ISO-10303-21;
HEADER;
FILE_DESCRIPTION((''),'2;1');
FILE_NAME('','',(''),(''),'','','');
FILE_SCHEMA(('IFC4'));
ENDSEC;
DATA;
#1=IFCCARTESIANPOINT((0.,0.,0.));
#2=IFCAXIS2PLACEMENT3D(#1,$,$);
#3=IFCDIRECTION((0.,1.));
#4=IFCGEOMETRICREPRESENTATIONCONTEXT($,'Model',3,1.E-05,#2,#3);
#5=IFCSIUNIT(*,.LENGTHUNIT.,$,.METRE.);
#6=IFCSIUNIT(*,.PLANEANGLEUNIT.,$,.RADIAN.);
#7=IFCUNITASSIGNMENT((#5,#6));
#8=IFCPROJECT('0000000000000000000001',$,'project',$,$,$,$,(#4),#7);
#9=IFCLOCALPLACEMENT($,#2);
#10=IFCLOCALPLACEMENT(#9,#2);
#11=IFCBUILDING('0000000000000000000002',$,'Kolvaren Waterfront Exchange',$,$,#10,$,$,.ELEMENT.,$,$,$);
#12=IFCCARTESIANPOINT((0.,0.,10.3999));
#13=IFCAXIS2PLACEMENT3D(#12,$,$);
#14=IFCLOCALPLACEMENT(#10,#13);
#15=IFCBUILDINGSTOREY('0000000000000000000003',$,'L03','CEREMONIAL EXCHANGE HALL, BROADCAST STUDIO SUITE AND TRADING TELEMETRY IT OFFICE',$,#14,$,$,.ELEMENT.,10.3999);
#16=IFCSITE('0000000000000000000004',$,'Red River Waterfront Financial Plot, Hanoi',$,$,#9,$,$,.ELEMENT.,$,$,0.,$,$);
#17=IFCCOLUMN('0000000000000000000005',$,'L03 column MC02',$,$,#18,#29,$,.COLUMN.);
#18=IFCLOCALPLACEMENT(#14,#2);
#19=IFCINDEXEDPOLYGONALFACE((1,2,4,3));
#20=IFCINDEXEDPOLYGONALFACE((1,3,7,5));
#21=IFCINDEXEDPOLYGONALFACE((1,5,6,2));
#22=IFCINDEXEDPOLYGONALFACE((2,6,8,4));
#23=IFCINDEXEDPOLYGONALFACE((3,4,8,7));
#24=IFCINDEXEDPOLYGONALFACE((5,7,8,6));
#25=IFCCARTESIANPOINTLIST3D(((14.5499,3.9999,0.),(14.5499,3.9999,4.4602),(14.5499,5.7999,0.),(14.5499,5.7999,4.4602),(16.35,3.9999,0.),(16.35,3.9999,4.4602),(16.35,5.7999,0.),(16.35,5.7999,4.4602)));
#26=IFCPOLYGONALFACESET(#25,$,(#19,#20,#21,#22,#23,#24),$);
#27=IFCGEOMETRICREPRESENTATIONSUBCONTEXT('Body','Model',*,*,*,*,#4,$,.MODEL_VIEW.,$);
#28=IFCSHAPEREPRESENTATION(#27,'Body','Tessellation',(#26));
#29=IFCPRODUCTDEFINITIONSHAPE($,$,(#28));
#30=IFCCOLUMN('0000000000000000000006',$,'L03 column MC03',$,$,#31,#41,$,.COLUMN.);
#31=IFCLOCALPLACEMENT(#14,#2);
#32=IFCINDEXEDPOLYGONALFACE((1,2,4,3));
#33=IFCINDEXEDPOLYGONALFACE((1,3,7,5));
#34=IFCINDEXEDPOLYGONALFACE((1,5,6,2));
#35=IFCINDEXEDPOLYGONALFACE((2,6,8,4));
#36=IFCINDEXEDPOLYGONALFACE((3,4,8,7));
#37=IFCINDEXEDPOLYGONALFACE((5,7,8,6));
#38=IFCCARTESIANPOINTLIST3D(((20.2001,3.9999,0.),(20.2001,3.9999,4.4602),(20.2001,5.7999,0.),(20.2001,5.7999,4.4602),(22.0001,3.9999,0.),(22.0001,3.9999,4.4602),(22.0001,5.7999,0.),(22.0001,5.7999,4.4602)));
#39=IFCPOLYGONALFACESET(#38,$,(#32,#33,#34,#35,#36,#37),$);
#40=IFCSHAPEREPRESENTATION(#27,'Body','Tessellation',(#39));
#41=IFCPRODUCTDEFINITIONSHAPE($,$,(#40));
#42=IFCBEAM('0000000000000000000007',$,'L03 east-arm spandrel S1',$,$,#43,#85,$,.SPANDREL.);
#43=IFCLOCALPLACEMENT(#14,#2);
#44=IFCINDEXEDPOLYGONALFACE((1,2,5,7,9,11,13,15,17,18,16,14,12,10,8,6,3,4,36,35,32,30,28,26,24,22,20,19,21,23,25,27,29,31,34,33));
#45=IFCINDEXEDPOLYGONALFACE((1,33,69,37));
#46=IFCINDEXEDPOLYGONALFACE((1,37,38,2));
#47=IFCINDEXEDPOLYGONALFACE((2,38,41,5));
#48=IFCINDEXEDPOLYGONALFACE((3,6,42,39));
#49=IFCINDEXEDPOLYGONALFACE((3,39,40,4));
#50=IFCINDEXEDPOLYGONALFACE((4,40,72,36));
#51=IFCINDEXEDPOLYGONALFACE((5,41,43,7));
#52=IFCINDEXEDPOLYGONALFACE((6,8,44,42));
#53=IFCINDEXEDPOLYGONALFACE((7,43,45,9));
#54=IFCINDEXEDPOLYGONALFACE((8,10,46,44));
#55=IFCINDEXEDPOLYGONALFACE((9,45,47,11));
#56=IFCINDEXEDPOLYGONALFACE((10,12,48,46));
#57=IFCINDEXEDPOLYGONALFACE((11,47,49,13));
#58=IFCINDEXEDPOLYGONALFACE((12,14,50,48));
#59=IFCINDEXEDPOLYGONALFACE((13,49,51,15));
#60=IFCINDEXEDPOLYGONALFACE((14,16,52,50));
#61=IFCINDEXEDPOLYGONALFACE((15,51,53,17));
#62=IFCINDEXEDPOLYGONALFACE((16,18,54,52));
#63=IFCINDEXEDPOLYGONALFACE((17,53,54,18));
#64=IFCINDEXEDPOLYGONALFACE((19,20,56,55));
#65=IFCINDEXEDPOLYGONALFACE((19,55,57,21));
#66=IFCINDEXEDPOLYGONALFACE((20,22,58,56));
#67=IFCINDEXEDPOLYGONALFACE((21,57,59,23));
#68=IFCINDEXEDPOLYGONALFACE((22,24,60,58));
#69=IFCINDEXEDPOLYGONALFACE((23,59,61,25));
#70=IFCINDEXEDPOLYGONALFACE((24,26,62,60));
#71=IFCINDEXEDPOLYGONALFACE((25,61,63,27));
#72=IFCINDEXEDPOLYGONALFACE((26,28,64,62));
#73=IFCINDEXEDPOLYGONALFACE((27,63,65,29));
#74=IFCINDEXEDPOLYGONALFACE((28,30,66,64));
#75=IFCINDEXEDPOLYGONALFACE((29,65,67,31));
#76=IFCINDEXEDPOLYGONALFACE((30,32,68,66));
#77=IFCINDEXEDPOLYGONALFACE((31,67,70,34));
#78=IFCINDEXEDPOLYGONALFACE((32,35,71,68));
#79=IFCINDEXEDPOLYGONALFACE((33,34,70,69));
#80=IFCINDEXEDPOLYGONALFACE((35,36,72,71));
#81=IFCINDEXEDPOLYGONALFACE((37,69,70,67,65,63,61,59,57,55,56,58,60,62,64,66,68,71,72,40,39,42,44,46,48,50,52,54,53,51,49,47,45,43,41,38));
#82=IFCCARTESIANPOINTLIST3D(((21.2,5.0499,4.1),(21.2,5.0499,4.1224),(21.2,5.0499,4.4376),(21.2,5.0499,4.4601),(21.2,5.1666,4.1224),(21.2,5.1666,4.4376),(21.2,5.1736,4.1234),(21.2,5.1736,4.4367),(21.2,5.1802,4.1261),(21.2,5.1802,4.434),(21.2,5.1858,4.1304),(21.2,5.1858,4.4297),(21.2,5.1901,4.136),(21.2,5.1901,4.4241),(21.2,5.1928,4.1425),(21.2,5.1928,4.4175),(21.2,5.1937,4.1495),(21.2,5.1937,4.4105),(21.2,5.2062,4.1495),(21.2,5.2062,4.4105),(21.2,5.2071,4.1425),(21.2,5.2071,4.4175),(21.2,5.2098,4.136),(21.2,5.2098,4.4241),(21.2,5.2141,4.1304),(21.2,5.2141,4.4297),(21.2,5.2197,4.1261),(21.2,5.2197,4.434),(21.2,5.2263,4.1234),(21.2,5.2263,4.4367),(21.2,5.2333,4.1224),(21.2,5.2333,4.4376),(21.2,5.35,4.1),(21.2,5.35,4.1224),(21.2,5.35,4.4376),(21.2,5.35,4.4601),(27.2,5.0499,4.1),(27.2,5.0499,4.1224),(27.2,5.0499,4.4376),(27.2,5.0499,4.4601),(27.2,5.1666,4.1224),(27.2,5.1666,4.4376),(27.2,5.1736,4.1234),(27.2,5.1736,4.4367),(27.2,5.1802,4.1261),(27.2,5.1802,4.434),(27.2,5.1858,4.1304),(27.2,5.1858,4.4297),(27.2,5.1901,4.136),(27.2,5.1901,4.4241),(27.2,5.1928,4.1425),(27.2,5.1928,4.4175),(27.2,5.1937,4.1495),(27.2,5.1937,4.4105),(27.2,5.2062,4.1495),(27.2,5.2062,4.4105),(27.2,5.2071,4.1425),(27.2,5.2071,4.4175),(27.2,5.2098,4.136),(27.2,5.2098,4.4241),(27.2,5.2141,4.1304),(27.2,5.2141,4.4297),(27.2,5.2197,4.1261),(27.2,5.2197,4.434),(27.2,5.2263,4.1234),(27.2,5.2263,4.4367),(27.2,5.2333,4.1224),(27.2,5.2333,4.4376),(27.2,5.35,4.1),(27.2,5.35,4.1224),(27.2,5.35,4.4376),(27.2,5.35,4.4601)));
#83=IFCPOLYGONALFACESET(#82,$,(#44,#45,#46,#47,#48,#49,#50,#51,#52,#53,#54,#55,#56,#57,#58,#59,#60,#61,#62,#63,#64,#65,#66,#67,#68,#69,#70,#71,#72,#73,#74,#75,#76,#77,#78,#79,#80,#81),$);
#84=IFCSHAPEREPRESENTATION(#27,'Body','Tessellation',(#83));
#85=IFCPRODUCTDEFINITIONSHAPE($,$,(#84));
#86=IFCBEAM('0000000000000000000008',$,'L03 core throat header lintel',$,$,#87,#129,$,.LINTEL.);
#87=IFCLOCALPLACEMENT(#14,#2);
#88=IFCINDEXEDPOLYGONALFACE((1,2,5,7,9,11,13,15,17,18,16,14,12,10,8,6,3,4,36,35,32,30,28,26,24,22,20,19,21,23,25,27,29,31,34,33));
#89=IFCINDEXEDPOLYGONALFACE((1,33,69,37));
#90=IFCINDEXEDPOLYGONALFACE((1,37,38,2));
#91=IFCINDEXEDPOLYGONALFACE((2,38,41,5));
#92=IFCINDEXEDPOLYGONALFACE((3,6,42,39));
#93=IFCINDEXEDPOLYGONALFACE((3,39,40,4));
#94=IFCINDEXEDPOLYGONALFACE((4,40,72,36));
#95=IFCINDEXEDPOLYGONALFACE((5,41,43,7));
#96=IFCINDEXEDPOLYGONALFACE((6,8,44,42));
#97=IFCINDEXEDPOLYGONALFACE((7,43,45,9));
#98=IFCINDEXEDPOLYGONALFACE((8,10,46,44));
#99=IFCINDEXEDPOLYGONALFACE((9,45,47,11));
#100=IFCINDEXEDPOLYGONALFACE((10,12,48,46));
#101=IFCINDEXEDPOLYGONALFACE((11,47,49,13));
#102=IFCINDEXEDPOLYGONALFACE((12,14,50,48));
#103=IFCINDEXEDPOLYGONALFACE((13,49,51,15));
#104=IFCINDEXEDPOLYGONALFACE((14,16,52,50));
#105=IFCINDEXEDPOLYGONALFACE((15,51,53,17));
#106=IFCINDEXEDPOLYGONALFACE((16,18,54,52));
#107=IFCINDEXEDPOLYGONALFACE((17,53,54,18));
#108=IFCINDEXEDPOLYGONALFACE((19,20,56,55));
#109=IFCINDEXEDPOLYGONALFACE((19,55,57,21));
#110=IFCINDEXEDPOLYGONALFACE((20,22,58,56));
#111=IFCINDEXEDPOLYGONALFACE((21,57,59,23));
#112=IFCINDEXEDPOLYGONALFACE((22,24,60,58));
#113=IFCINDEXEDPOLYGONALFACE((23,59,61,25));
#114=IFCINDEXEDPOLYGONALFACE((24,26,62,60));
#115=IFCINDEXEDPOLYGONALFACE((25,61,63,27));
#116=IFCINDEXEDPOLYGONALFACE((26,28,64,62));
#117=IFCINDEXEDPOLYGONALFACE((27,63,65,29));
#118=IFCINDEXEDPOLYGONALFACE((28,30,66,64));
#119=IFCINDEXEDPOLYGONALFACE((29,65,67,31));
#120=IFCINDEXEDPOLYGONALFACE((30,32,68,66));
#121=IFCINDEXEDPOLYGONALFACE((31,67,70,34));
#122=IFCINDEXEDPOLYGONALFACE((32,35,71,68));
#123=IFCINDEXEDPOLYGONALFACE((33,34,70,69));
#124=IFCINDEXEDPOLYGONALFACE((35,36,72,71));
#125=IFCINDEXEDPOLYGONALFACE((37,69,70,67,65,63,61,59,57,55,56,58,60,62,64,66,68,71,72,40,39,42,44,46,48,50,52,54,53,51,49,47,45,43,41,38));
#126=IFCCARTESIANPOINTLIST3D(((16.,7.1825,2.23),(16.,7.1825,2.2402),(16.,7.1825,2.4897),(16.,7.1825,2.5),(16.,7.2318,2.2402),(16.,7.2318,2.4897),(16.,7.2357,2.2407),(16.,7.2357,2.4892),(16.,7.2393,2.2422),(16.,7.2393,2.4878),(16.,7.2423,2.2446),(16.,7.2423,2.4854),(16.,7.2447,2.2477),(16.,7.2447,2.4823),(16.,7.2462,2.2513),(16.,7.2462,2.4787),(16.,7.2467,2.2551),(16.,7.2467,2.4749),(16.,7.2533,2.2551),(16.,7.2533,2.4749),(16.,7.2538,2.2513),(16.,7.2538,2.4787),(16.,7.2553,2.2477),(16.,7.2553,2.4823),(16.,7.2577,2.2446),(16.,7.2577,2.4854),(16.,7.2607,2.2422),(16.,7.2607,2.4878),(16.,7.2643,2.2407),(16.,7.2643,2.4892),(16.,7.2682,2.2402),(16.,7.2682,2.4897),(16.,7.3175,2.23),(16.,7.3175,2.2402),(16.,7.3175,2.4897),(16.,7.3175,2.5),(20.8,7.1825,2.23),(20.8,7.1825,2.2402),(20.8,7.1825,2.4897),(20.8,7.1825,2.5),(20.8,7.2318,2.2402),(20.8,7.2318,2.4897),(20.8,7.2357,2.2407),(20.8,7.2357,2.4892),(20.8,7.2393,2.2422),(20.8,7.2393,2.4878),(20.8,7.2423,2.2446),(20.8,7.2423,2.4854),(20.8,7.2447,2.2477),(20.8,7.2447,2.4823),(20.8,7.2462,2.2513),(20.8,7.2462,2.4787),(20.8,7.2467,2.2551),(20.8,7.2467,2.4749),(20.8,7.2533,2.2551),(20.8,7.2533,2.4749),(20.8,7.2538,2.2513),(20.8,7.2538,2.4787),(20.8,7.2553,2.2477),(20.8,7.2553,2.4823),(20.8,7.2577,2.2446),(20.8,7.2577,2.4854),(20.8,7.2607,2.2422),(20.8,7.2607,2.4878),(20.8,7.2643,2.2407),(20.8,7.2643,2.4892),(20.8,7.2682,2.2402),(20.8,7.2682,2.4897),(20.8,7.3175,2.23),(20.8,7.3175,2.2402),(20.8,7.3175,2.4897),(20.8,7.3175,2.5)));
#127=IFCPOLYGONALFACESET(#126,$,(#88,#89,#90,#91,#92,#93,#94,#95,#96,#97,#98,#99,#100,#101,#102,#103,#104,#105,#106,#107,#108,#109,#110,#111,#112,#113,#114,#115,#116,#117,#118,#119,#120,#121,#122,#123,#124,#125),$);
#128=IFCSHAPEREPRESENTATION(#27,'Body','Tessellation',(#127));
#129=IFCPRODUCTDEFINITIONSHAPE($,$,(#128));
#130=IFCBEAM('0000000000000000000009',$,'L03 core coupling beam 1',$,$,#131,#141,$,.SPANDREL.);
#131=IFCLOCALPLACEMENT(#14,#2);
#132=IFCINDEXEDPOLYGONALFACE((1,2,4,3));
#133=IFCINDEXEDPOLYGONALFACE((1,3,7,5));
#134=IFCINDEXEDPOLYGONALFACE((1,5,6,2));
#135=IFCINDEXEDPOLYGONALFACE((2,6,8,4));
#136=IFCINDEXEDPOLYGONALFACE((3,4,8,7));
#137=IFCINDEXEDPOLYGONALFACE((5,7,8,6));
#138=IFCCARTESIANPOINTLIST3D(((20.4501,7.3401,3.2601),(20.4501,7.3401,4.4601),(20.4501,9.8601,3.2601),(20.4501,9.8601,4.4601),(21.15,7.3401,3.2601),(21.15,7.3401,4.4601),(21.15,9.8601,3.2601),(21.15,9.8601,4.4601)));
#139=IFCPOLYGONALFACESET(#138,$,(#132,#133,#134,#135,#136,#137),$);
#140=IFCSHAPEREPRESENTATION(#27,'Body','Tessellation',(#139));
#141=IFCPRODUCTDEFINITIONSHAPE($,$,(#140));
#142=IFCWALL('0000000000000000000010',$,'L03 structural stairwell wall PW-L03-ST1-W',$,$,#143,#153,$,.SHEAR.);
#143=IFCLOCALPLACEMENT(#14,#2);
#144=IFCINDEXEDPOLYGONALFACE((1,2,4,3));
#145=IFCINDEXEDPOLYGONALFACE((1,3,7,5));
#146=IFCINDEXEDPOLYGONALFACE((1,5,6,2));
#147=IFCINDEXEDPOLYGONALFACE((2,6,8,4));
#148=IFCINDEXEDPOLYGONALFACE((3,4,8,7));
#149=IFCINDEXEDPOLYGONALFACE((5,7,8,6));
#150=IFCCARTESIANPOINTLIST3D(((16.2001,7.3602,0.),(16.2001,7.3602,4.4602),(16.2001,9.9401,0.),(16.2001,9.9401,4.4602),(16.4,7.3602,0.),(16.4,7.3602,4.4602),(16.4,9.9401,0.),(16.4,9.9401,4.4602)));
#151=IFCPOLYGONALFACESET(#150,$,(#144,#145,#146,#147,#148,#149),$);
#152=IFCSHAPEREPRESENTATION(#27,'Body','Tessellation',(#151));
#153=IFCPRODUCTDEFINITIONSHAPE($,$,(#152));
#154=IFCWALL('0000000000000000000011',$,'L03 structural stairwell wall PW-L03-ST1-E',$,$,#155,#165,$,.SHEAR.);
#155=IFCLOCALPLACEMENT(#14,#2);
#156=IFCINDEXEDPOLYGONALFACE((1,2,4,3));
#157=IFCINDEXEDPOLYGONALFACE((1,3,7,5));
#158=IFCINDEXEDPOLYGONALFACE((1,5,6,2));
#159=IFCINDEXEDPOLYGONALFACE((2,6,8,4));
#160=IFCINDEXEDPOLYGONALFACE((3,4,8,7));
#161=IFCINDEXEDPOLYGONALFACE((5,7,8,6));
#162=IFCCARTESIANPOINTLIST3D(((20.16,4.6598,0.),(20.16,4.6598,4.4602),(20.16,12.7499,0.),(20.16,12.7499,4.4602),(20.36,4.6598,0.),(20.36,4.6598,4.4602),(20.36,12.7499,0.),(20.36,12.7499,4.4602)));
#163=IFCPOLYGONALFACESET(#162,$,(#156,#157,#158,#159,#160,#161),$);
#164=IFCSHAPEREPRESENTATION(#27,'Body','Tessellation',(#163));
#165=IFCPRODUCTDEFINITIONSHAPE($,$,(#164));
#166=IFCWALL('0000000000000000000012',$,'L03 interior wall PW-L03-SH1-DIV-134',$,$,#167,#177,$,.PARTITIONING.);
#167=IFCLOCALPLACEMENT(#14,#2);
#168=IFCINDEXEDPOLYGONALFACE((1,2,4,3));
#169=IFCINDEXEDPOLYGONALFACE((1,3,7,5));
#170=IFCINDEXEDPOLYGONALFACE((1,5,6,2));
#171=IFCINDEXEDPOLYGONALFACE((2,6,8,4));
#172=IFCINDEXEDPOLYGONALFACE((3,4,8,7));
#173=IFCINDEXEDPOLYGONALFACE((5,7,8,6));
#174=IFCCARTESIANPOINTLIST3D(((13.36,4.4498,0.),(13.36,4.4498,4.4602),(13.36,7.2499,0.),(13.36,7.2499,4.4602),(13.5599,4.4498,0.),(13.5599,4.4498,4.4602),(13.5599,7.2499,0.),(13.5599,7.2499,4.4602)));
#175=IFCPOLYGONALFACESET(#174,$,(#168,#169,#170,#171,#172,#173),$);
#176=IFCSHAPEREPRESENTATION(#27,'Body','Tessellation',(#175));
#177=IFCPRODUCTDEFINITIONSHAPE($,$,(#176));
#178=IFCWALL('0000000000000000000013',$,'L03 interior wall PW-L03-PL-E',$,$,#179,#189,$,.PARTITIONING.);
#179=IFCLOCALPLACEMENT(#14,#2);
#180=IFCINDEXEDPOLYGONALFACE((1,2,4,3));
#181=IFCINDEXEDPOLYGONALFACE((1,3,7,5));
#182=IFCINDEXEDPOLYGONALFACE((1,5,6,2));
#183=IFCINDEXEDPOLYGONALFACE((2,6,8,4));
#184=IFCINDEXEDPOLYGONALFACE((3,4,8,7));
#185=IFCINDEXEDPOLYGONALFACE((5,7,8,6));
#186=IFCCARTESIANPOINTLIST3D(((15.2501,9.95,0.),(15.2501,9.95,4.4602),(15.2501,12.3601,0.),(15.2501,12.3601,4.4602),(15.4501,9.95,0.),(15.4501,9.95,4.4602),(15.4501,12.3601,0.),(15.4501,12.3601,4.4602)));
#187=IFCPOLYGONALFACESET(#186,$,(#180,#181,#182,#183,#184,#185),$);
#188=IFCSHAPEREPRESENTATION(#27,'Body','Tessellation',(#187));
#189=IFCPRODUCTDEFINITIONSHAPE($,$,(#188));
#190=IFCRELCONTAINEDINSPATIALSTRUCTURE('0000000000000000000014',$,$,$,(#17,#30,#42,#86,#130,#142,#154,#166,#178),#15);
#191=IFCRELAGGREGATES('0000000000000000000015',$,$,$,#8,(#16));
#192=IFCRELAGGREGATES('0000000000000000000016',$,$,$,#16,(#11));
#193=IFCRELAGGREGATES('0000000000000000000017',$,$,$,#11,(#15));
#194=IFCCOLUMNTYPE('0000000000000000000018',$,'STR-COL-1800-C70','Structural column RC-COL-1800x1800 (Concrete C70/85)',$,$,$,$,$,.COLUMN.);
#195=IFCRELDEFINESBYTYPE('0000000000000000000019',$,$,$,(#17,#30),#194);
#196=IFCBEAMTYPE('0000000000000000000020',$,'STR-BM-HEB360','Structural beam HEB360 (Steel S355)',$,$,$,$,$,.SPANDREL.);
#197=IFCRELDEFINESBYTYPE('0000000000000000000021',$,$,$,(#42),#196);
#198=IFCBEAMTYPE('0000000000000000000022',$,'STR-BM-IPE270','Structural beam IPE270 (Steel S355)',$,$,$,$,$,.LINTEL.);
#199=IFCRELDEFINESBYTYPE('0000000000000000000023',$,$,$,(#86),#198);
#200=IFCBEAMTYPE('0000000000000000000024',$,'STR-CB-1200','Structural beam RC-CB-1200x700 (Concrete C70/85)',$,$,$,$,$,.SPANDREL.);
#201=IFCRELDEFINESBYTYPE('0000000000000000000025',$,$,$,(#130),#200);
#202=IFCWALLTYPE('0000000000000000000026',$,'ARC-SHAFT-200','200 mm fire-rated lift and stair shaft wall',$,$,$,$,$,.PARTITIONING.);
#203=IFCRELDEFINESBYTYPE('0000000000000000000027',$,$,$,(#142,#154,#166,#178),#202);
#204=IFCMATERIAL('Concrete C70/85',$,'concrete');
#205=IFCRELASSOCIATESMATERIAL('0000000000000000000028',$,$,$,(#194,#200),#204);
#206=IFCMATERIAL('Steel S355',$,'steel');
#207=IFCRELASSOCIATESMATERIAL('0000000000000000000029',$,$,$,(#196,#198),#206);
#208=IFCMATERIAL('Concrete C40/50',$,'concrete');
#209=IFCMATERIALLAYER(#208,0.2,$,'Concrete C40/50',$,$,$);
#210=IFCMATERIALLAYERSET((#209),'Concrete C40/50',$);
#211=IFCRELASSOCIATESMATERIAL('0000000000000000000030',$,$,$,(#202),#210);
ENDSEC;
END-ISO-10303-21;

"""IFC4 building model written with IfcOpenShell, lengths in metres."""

from ifc_helpers import new_model, si_unit, direction, frame, frame_2d, origin, origin_2d, place, context, subcontext, project, spatial, rectangle, i_section, extrude, material, layer, layer_set, material_profile, profile_set, type_object, element, save


model = new_model("IFC4")

# Units and contexts
model_context = context("Model", 3, precision=1e-05, world=origin(), true_north=direction((0.0, 1.0)))
body_context = subcontext(model_context, "Body", "Model", "MODEL_VIEW")
ifc_project = project(units=[si_unit("LENGTHUNIT", "METRE"), si_unit("PLANEANGLEUNIT", "RADIAN")], contexts=[model_context])

# Site, building, storey
site_placement = place(None, origin())
site = spatial("IfcSite", under=ifc_project, at=site_placement, Name="Red River Waterfront Financial Plot, Hanoi", CompositionType="ELEMENT", RefElevation=0.0)
building_placement = place(site_placement, origin())
building = spatial("IfcBuilding", under=site, at=building_placement, Name="Kolvaren Waterfront Exchange", CompositionType="ELEMENT")
storey_placement = place(building_placement, frame((0.0, 0.0, 10.3999)))
storey = spatial("IfcBuildingStorey", under=building, at=storey_placement, Name="L03", Description="CEREMONIAL EXCHANGE HALL, BROADCAST STUDIO SUITE AND TRADING TELEMETRY IT OFFICE", CompositionType="ELEMENT", Elevation=10.3999)

# Columns
ifc_material_1 = material(Name="Concrete C70/85", Category="concrete")
ifc_material_profile_1 = material_profile(ifc_material_1, rectangle(XDim=1.8, YDim=1.8, at=origin_2d()), Name="RC-COL-1800x1800")
ifc_profile_set_1 = profile_set([ifc_material_profile_1], Name="Concrete C70/85")
column_type = type_object("IfcColumnType", Name="STR-COL-1800-C70", Description="Structural column RC-COL-1800x1800 (Concrete C70/85)", PredefinedType="COLUMN", material=ifc_profile_set_1)
for number, where, z_axis, x_axis, name in (
    (1, (15.45, 4.8999, 0.0), (0.0, 0.0, 1.0), (1.0, 0.0, 0.0), "L03 column MC02"),
    (2, (21.1001, 4.8999, 0.0), (0.0, 0.0, 1.0), (1.0, 0.0, 0.0), "L03 column MC03"),
):
    element("IfcColumn", number, at=place(storey_placement, frame(where, z_axis=z_axis, x_axis=x_axis)), inside=storey, type_object=column_type, Name=name, PredefinedType="COLUMN", context=body_context, shape_type="SweptSolid", body=[
        extrude(rectangle(XDim=1.8, YDim=1.8, at=origin_2d()), origin(), (0.0, 0.0, 1.0), 4.4602),
    ])

# Beams
ifc_material_2 = material(Name="Steel S355", Category="steel")
ifc_material_profile_2 = material_profile(ifc_material_2, i_section(OverallWidth=0.3, OverallDepth=0.3601, WebThickness=0.0125, FlangeThickness=0.0225, FilletRadius=0.0271, at=origin_2d()), Name="HEB360")
ifc_profile_set_2 = profile_set([ifc_material_profile_2], Name="Steel S355")
beam_type_1 = type_object("IfcBeamType", Name="STR-BM-HEB360", Description="Structural beam HEB360 (Steel S355)", PredefinedType="SPANDREL", material=ifc_profile_set_2)
beam_1_placement = place(storey_placement, frame((21.2, 5.2, 4.28), z_axis=(1.0, 0.0, 0.0), x_axis=(0.0, 1.0, 0.0)))
element("IfcBeam", 3, at=beam_1_placement, inside=storey, type_object=beam_type_1, Name="L03 east-arm spandrel S1", PredefinedType="SPANDREL", context=body_context, shape_type="SweptSolid", body=[
    extrude(i_section(OverallWidth=0.3, OverallDepth=0.3601, WebThickness=0.0125, FlangeThickness=0.0225, FilletRadius=0.0271, at=origin_2d()), origin(), (0.0, 0.0, 1.0), 6.0),
])
ifc_material_profile_3 = material_profile(ifc_material_2, i_section(OverallWidth=0.135, OverallDepth=0.27, WebThickness=0.0066, FlangeThickness=0.0103, FilletRadius=0.0149, at=origin_2d()), Name="IPE270")
ifc_profile_set_3 = profile_set([ifc_material_profile_3], Name="Steel S355")
beam_type_2 = type_object("IfcBeamType", Name="STR-BM-IPE270", Description="Structural beam IPE270 (Steel S355)", PredefinedType="LINTEL", material=ifc_profile_set_3)
beam_2_placement = place(storey_placement, frame((16.0, 7.25, 2.365), z_axis=(1.0, 0.0, 0.0), x_axis=(0.0, 1.0, 0.0)))
element("IfcBeam", 4, at=beam_2_placement, inside=storey, type_object=beam_type_2, Name="L03 core throat header lintel", PredefinedType="LINTEL", context=body_context, shape_type="SweptSolid", body=[
    extrude(i_section(OverallWidth=0.135, OverallDepth=0.27, WebThickness=0.0066, FlangeThickness=0.0103, FilletRadius=0.0149, at=origin_2d()), origin(), (0.0, 0.0, 1.0), 4.8),
])
ifc_material_profile_4 = material_profile(ifc_material_1, rectangle(XDim=0.7, YDim=1.2, at=origin_2d()), Name="RC-CB-1200x700")
ifc_profile_set_4 = profile_set([ifc_material_profile_4], Name="Concrete C70/85")
beam_type_3 = type_object("IfcBeamType", Name="STR-CB-1200", Description="Structural beam RC-CB-1200x700 (Concrete C70/85)", PredefinedType="SPANDREL", material=ifc_profile_set_4)
beam_3_placement = place(storey_placement, frame((20.8, 7.3401, 3.8601), z_axis=(0.0, 1.0, 0.0), x_axis=(-1.0, 0.0, 0.0)))
element("IfcBeam", 5, at=beam_3_placement, inside=storey, type_object=beam_type_3, Name="L03 core coupling beam 1", PredefinedType="SPANDREL", context=body_context, shape_type="SweptSolid", body=[
    extrude(rectangle(XDim=0.7, YDim=1.2, at=origin_2d()), origin(), (0.0, 0.0, 1.0), 2.52),
])

# Walls
ifc_material_3 = material(Name="Concrete C40/50", Category="concrete")
ifc_layer_1 = layer(ifc_material_3, 0.2, Name="Concrete C40/50")
ifc_layer_set_1 = layer_set([ifc_layer_1], Name="Concrete C40/50")
wall_type_1 = type_object("IfcWallType", Name="ARC-SHAFT-200", Description="200 mm fire-rated lift and stair shaft wall", PredefinedType="PARTITIONING", material=ifc_layer_set_1)
wall_1_placement = place(storey_placement, frame((16.3, 7.3601, 0.0), z_axis=(0.0, 0.0, 1.0), x_axis=(0.0, 1.0, 0.0)))
element("IfcWall", 6, at=wall_1_placement, inside=storey, type_object=wall_type_1, Name="L03 structural stairwell wall PW-L03-ST1-W", PredefinedType="SHEAR", context=body_context, shape_type="SweptSolid", body=[
    extrude(rectangle(XDim=2.5798, YDim=0.2, at=frame_2d((1.29, 0.0))), origin(), (0.0, 0.0, 1.0), 4.4602),
])
wall_2_placement = place(storey_placement, frame((20.26, 4.6599, 0.0), z_axis=(0.0, 0.0, 1.0), x_axis=(0.0, 1.0, 0.0)))
element("IfcWall", 7, at=wall_2_placement, inside=storey, type_object=wall_type_1, Name="L03 structural stairwell wall PW-L03-ST1-E", PredefinedType="SHEAR", context=body_context, shape_type="SweptSolid", body=[
    extrude(rectangle(XDim=8.0901, YDim=0.2, at=frame_2d((4.0449, 0.0))), origin(), (0.0, 0.0, 1.0), 4.4602),
])
wall_3_placement = place(storey_placement, frame((13.46, 4.45, 0.0), z_axis=(0.0, 0.0, 1.0), x_axis=(0.0, 1.0, 0.0)))
element("IfcWall", 8, at=wall_3_placement, inside=storey, type_object=wall_type_1, Name="L03 interior wall PW-L03-SH1-DIV-134", PredefinedType="PARTITIONING", context=body_context, shape_type="SweptSolid", body=[
    extrude(rectangle(XDim=2.8, YDim=0.2, at=frame_2d((1.3999, 0.0))), origin(), (0.0, 0.0, 1.0), 4.4602),
])
for number, where, z_axis, x_axis, name in (
    (9, (15.3501, 9.95, 0.0), (0.0, 0.0, 1.0), (0.0, 1.0, 0.0), "L03 interior wall PW-L03-PL-E"),
):
    element("IfcWall", number, at=place(storey_placement, frame(where, z_axis=z_axis, x_axis=x_axis)), inside=storey, type_object=wall_type_1, Name=name, PredefinedType="PARTITIONING", context=body_context, shape_type="SweptSolid", body=[
        extrude(rectangle(XDim=2.4102, YDim=0.2, at=frame_2d((1.2051, 0.0))), origin(), (0.0, 0.0, 1.0), 4.4602),
    ])

save(model, "model.ifc")
